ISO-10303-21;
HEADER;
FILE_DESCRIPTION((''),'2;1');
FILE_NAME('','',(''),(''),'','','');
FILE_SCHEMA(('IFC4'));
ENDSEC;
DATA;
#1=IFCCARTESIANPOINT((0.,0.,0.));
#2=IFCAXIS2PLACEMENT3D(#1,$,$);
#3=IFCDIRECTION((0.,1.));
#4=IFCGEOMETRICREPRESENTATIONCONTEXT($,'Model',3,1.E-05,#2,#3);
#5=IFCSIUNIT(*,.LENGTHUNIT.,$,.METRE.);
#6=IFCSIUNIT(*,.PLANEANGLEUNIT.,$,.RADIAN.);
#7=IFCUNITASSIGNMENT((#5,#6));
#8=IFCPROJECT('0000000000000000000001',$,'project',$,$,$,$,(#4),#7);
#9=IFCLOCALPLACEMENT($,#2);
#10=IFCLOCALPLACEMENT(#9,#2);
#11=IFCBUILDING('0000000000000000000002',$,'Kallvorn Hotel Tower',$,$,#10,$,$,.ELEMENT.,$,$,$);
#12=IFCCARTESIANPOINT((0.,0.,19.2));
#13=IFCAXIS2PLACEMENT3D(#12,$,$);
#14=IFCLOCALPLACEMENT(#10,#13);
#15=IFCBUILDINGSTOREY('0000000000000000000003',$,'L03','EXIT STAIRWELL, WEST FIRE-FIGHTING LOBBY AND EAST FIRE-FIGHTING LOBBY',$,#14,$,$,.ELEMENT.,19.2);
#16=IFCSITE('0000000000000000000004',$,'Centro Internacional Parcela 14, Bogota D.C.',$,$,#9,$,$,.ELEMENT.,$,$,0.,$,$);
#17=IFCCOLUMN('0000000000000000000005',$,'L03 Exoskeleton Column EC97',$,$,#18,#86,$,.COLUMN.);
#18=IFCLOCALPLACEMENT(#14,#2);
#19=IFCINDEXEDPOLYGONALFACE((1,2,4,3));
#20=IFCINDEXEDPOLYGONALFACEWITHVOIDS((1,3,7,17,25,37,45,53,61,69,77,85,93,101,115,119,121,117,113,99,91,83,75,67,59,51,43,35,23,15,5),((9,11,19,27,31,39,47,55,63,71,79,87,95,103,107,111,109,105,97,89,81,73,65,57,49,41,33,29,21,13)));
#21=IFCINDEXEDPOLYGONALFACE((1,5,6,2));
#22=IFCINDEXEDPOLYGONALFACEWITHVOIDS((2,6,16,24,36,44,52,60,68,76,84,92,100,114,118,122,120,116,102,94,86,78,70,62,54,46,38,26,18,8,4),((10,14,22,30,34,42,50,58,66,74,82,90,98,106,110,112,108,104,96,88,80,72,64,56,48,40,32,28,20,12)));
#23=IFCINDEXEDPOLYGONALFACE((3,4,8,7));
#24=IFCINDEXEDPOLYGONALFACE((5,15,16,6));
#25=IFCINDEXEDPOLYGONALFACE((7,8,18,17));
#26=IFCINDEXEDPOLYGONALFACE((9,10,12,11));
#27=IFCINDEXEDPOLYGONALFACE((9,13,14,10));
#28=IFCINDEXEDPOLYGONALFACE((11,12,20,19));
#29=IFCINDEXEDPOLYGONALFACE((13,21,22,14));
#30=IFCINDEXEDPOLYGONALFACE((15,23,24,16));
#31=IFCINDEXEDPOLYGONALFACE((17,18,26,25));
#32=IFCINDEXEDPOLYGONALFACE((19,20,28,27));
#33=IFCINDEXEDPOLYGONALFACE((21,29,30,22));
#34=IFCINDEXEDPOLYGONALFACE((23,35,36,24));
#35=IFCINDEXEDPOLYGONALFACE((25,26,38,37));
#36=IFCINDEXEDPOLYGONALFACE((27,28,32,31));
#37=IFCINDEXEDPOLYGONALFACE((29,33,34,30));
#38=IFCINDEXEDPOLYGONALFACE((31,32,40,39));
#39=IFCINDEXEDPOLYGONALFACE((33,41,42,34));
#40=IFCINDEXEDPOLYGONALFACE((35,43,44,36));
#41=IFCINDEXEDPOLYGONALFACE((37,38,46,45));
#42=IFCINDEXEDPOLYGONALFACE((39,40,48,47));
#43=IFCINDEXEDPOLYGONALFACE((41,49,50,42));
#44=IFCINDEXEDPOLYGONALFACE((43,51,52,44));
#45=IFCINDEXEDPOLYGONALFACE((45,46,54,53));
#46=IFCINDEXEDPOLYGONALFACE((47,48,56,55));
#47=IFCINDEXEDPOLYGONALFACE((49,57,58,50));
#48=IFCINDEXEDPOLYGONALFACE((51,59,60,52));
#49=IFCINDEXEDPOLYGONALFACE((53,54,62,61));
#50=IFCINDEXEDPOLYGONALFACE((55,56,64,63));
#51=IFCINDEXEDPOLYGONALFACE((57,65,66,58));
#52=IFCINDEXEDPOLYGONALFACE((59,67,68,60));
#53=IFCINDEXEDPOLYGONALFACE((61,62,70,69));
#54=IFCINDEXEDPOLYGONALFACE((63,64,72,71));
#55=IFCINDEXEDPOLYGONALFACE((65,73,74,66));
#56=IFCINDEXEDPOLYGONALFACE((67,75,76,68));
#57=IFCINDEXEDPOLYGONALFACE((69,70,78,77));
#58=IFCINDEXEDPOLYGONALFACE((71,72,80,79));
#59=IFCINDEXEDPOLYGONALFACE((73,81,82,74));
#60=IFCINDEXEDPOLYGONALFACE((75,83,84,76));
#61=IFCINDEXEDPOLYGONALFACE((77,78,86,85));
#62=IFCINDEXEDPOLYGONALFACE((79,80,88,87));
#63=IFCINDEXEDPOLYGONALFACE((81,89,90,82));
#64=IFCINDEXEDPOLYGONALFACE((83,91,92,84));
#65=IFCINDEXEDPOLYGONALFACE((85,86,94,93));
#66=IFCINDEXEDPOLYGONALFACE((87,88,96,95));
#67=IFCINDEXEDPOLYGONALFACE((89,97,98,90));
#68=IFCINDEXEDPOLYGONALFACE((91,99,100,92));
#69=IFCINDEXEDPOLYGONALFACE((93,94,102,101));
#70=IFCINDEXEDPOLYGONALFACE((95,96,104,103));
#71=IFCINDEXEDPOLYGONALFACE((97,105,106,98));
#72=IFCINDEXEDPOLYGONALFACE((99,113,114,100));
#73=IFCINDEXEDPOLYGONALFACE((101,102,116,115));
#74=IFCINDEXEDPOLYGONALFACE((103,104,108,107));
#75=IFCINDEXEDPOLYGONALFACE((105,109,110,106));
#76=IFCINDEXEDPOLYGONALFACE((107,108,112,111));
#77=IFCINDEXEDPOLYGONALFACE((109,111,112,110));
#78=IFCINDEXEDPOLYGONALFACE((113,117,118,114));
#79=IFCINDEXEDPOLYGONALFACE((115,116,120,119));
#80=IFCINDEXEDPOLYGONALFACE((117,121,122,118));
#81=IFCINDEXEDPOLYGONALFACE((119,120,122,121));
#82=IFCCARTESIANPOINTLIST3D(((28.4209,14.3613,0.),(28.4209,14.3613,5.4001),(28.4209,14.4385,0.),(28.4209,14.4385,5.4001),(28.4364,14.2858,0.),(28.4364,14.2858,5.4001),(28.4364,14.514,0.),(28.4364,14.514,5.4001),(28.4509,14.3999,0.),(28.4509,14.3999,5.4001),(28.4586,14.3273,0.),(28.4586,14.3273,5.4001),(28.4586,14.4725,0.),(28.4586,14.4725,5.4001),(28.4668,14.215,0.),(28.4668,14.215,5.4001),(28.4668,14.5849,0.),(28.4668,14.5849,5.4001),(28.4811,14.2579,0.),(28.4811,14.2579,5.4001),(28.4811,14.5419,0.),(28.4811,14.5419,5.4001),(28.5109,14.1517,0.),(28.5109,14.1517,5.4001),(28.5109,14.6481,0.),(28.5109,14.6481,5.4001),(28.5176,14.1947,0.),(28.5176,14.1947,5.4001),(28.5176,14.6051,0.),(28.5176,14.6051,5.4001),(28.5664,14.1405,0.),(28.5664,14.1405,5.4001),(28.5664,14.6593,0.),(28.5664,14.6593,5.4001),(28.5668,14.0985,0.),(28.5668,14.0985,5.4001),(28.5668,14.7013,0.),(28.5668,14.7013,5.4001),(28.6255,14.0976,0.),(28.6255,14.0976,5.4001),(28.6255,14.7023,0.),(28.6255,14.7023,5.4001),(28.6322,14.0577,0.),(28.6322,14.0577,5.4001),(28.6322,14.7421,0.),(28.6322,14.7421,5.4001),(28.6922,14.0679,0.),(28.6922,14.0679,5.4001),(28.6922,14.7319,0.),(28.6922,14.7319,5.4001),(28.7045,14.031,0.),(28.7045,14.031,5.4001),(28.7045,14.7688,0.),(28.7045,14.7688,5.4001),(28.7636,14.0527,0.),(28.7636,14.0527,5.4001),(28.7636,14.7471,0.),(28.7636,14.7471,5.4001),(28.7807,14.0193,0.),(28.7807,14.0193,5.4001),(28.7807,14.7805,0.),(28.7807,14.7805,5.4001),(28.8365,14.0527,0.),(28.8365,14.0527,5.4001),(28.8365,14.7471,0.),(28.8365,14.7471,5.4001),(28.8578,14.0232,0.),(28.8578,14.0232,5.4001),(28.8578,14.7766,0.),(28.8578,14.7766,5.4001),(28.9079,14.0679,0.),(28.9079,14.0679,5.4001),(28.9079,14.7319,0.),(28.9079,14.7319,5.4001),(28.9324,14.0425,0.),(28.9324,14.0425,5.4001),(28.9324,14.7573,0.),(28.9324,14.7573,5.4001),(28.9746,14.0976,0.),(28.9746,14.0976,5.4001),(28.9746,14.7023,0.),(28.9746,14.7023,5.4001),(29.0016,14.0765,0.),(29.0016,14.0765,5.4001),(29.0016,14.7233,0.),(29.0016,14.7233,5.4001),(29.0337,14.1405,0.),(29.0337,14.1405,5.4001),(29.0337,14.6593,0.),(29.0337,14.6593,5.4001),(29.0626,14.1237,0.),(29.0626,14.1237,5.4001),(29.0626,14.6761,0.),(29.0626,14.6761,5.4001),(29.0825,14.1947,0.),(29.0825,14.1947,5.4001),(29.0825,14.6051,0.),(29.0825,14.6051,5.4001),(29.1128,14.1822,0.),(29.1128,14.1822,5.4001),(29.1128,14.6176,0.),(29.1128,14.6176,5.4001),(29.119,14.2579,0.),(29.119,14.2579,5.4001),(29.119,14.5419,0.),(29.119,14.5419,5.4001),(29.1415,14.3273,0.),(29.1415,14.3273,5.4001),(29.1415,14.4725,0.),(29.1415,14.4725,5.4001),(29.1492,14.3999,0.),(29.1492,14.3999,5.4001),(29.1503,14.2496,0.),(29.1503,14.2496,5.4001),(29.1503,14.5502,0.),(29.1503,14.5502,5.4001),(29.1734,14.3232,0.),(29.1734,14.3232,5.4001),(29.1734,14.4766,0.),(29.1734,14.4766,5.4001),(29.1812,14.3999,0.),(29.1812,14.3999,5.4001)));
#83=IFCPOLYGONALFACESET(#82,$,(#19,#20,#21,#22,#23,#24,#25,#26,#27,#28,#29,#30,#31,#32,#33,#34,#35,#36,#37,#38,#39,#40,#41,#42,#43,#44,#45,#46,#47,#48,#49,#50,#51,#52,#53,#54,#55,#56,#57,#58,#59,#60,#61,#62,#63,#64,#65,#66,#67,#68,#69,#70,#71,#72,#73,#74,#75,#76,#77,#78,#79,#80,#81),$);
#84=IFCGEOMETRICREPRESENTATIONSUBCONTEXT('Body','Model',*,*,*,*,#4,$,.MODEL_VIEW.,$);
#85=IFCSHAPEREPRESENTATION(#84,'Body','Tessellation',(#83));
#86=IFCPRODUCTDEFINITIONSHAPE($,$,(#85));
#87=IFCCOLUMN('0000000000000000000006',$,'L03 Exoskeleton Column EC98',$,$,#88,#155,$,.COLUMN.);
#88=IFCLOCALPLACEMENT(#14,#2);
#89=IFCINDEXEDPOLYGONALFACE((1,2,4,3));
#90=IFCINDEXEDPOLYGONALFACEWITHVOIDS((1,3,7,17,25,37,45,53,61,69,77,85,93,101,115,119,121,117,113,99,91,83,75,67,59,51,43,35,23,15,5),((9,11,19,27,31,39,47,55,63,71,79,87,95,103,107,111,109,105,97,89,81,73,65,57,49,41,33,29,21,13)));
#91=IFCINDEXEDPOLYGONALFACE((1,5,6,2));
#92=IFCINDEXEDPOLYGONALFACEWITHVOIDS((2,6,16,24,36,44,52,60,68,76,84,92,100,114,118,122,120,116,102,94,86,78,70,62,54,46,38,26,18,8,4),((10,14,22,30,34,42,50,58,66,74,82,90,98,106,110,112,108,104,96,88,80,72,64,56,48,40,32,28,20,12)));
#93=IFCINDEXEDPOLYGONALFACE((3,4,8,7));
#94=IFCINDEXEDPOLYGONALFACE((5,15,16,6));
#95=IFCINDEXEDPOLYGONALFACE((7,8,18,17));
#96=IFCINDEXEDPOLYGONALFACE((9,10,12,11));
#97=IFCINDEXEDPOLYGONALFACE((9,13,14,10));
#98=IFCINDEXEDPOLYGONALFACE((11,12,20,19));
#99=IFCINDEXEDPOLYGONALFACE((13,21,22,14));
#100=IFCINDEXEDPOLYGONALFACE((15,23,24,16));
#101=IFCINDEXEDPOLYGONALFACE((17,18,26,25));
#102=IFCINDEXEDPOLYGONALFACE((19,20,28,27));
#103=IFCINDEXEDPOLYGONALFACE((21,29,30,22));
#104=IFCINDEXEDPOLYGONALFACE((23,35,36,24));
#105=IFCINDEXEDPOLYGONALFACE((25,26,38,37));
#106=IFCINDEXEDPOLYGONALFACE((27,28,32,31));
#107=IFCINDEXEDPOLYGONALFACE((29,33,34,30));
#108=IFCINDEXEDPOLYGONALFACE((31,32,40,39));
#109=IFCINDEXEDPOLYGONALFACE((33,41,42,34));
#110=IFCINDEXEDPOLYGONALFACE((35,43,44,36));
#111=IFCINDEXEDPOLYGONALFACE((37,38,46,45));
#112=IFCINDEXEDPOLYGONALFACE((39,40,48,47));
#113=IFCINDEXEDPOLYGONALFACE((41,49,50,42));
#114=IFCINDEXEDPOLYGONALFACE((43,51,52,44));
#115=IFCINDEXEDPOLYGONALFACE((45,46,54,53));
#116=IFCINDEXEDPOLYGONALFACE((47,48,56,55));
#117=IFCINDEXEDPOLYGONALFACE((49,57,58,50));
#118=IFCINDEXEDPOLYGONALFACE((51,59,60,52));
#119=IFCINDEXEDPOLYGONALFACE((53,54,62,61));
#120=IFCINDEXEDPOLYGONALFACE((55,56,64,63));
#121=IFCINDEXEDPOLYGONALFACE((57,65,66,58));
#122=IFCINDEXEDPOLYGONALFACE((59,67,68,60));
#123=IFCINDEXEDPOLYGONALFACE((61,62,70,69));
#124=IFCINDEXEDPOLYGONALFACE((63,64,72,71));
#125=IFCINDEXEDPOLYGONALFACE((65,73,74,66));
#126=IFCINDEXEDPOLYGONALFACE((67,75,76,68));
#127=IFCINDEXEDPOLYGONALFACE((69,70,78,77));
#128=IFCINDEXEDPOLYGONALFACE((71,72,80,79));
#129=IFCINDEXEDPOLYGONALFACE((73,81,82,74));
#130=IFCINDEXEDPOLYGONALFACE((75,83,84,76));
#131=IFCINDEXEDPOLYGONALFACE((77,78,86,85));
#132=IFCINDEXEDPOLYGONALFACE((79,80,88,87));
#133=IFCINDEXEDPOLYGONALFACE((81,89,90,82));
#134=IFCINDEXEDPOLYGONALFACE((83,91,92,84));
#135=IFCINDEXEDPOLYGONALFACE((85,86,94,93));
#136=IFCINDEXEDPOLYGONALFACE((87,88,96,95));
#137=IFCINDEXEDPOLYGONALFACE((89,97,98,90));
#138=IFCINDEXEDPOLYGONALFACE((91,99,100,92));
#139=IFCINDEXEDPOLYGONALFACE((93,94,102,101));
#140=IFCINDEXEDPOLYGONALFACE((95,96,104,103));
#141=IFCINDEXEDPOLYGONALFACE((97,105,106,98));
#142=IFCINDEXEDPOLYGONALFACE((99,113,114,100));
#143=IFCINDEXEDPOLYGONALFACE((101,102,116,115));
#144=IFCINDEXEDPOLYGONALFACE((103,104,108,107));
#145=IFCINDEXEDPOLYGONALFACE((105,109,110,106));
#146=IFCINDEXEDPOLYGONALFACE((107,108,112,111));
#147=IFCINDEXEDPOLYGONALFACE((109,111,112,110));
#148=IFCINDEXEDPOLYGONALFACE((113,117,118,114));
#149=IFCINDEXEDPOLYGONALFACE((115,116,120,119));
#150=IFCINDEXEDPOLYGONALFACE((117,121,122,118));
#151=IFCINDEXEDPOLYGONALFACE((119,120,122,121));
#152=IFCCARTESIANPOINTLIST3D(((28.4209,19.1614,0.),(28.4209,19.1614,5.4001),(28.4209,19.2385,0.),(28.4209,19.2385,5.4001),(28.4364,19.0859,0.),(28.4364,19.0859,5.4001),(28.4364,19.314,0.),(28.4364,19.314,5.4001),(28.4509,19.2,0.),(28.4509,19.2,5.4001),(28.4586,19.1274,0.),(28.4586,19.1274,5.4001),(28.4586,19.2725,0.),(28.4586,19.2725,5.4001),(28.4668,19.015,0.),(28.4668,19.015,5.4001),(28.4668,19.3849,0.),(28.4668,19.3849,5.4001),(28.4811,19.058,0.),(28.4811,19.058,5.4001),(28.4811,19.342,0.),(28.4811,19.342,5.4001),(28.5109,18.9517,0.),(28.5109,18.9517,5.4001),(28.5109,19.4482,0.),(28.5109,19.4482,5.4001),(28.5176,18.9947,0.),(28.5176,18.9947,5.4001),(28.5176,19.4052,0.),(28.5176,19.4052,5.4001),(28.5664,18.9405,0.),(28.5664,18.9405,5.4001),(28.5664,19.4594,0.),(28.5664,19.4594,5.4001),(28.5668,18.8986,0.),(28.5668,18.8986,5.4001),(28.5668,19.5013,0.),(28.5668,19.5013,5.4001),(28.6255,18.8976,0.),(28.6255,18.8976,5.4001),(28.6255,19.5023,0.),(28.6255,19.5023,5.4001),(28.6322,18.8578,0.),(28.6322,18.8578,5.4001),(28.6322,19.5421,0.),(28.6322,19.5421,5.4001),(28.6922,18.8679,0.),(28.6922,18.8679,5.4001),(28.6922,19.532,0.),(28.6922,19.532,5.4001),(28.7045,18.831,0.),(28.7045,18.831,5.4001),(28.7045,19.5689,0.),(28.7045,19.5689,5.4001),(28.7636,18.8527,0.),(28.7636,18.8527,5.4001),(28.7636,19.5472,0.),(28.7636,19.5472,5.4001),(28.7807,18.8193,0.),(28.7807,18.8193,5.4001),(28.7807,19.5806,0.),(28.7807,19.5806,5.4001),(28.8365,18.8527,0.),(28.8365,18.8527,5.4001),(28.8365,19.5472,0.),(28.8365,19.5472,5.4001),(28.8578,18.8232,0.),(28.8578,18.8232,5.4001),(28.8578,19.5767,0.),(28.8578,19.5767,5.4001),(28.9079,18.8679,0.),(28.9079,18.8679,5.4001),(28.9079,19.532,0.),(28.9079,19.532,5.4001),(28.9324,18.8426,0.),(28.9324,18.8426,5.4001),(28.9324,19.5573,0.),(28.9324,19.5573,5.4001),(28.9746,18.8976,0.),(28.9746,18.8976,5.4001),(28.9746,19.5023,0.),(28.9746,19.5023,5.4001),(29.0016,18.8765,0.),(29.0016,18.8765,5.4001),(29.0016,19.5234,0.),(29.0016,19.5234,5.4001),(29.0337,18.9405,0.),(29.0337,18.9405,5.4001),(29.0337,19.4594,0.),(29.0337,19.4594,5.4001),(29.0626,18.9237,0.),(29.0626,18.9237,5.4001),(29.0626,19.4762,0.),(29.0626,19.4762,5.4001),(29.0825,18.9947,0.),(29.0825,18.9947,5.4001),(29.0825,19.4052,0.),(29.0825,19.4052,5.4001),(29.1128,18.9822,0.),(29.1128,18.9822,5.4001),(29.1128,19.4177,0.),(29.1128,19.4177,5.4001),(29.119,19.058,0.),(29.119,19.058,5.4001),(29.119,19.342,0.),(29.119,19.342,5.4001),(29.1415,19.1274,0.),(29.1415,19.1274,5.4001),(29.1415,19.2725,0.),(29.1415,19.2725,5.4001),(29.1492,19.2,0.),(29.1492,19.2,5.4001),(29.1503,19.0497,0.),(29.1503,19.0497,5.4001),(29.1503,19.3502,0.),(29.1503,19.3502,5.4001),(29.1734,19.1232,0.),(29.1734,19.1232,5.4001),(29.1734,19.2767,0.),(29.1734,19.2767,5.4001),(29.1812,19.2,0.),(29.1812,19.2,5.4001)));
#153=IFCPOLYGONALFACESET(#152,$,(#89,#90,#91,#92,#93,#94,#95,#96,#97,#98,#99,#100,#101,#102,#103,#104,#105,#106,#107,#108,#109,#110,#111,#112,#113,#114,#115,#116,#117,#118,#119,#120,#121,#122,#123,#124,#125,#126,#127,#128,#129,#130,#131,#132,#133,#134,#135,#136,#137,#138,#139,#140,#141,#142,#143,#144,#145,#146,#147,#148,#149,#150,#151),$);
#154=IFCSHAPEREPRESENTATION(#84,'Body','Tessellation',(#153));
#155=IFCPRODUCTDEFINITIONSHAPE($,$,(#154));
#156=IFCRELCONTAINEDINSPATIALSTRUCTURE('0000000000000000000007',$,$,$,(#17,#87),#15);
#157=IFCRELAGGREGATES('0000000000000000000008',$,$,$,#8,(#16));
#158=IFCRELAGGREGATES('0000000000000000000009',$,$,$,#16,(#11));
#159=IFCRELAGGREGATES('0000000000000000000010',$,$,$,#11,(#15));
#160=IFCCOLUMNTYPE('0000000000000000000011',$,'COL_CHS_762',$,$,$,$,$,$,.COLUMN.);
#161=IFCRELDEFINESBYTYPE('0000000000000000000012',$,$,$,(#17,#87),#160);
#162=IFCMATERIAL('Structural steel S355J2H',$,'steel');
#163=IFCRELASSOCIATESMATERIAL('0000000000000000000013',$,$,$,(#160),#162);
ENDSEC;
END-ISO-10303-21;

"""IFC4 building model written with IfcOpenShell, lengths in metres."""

from ifc_helpers import new_model, si_unit, direction, frame, origin, origin_2d, place, context, subcontext, project, spatial, hollow_circle, extrude, material, material_profile, profile_set, type_object, element, save


model = new_model("IFC4")

# Units and contexts
model_context = context("Model", 3, precision=1e-05, world=origin(), true_north=direction((0.0, 1.0)))
body_context = subcontext(model_context, "Body", "Model", "MODEL_VIEW")
ifc_project = project(units=[si_unit("LENGTHUNIT", "METRE"), si_unit("PLANEANGLEUNIT", "RADIAN")], contexts=[model_context])

# Site, building, storey
site_placement = place(None, origin())
site = spatial("IfcSite", under=ifc_project, at=site_placement, Name="Centro Internacional Parcela 14, Bogota D.C.", CompositionType="ELEMENT", RefElevation=0.0)
building_placement = place(site_placement, origin())
building = spatial("IfcBuilding", under=site, at=building_placement, Name="Kallvorn Hotel Tower", CompositionType="ELEMENT")
storey_placement = place(building_placement, frame((0.0, 0.0, 19.2)))
storey = spatial("IfcBuildingStorey", under=building, at=storey_placement, Name="L03", Description="EXIT STAIRWELL, WEST FIRE-FIGHTING LOBBY AND EAST FIRE-FIGHTING LOBBY", CompositionType="ELEMENT", Elevation=19.2)

# Columns
ifc_material_1 = material(Name="Structural steel S355J2H", Category="steel")
ifc_material_profile_1 = material_profile(ifc_material_1, hollow_circle(Radius=0.3811, WallThickness=0.032, at=origin_2d()), Name="CHS 762x32")
ifc_profile_set_1 = profile_set([ifc_material_profile_1], Name="Structural steel S355J2H")
column_type_1 = type_object("IfcColumnType", Name="COL_CHS_762", PredefinedType="COLUMN", material=ifc_profile_set_1)
for number, where, z_axis, x_axis, name in (
    (1, (28.8, 14.3999, 0.0), (0.0, 0.0, 1.0), (1.0, 0.0, 0.0), "L03 Exoskeleton Column EC97"),
    (2, (28.8, 19.2, 0.0), (0.0, 0.0, 1.0), (1.0, 0.0, 0.0), "L03 Exoskeleton Column EC98"),
):
    element("IfcColumn", number, at=place(storey_placement, frame(where, z_axis=z_axis, x_axis=x_axis)), inside=storey, type_object=column_type_1, Name=name, PredefinedType="COLUMN", context=body_context, shape_type="SweptSolid", body=[
        extrude(hollow_circle(Radius=0.3811, WallThickness=0.032, at=origin_2d()), origin(), (0.0, 0.0, 1.0), 5.4001),
    ])

save(model, "model.ifc")
